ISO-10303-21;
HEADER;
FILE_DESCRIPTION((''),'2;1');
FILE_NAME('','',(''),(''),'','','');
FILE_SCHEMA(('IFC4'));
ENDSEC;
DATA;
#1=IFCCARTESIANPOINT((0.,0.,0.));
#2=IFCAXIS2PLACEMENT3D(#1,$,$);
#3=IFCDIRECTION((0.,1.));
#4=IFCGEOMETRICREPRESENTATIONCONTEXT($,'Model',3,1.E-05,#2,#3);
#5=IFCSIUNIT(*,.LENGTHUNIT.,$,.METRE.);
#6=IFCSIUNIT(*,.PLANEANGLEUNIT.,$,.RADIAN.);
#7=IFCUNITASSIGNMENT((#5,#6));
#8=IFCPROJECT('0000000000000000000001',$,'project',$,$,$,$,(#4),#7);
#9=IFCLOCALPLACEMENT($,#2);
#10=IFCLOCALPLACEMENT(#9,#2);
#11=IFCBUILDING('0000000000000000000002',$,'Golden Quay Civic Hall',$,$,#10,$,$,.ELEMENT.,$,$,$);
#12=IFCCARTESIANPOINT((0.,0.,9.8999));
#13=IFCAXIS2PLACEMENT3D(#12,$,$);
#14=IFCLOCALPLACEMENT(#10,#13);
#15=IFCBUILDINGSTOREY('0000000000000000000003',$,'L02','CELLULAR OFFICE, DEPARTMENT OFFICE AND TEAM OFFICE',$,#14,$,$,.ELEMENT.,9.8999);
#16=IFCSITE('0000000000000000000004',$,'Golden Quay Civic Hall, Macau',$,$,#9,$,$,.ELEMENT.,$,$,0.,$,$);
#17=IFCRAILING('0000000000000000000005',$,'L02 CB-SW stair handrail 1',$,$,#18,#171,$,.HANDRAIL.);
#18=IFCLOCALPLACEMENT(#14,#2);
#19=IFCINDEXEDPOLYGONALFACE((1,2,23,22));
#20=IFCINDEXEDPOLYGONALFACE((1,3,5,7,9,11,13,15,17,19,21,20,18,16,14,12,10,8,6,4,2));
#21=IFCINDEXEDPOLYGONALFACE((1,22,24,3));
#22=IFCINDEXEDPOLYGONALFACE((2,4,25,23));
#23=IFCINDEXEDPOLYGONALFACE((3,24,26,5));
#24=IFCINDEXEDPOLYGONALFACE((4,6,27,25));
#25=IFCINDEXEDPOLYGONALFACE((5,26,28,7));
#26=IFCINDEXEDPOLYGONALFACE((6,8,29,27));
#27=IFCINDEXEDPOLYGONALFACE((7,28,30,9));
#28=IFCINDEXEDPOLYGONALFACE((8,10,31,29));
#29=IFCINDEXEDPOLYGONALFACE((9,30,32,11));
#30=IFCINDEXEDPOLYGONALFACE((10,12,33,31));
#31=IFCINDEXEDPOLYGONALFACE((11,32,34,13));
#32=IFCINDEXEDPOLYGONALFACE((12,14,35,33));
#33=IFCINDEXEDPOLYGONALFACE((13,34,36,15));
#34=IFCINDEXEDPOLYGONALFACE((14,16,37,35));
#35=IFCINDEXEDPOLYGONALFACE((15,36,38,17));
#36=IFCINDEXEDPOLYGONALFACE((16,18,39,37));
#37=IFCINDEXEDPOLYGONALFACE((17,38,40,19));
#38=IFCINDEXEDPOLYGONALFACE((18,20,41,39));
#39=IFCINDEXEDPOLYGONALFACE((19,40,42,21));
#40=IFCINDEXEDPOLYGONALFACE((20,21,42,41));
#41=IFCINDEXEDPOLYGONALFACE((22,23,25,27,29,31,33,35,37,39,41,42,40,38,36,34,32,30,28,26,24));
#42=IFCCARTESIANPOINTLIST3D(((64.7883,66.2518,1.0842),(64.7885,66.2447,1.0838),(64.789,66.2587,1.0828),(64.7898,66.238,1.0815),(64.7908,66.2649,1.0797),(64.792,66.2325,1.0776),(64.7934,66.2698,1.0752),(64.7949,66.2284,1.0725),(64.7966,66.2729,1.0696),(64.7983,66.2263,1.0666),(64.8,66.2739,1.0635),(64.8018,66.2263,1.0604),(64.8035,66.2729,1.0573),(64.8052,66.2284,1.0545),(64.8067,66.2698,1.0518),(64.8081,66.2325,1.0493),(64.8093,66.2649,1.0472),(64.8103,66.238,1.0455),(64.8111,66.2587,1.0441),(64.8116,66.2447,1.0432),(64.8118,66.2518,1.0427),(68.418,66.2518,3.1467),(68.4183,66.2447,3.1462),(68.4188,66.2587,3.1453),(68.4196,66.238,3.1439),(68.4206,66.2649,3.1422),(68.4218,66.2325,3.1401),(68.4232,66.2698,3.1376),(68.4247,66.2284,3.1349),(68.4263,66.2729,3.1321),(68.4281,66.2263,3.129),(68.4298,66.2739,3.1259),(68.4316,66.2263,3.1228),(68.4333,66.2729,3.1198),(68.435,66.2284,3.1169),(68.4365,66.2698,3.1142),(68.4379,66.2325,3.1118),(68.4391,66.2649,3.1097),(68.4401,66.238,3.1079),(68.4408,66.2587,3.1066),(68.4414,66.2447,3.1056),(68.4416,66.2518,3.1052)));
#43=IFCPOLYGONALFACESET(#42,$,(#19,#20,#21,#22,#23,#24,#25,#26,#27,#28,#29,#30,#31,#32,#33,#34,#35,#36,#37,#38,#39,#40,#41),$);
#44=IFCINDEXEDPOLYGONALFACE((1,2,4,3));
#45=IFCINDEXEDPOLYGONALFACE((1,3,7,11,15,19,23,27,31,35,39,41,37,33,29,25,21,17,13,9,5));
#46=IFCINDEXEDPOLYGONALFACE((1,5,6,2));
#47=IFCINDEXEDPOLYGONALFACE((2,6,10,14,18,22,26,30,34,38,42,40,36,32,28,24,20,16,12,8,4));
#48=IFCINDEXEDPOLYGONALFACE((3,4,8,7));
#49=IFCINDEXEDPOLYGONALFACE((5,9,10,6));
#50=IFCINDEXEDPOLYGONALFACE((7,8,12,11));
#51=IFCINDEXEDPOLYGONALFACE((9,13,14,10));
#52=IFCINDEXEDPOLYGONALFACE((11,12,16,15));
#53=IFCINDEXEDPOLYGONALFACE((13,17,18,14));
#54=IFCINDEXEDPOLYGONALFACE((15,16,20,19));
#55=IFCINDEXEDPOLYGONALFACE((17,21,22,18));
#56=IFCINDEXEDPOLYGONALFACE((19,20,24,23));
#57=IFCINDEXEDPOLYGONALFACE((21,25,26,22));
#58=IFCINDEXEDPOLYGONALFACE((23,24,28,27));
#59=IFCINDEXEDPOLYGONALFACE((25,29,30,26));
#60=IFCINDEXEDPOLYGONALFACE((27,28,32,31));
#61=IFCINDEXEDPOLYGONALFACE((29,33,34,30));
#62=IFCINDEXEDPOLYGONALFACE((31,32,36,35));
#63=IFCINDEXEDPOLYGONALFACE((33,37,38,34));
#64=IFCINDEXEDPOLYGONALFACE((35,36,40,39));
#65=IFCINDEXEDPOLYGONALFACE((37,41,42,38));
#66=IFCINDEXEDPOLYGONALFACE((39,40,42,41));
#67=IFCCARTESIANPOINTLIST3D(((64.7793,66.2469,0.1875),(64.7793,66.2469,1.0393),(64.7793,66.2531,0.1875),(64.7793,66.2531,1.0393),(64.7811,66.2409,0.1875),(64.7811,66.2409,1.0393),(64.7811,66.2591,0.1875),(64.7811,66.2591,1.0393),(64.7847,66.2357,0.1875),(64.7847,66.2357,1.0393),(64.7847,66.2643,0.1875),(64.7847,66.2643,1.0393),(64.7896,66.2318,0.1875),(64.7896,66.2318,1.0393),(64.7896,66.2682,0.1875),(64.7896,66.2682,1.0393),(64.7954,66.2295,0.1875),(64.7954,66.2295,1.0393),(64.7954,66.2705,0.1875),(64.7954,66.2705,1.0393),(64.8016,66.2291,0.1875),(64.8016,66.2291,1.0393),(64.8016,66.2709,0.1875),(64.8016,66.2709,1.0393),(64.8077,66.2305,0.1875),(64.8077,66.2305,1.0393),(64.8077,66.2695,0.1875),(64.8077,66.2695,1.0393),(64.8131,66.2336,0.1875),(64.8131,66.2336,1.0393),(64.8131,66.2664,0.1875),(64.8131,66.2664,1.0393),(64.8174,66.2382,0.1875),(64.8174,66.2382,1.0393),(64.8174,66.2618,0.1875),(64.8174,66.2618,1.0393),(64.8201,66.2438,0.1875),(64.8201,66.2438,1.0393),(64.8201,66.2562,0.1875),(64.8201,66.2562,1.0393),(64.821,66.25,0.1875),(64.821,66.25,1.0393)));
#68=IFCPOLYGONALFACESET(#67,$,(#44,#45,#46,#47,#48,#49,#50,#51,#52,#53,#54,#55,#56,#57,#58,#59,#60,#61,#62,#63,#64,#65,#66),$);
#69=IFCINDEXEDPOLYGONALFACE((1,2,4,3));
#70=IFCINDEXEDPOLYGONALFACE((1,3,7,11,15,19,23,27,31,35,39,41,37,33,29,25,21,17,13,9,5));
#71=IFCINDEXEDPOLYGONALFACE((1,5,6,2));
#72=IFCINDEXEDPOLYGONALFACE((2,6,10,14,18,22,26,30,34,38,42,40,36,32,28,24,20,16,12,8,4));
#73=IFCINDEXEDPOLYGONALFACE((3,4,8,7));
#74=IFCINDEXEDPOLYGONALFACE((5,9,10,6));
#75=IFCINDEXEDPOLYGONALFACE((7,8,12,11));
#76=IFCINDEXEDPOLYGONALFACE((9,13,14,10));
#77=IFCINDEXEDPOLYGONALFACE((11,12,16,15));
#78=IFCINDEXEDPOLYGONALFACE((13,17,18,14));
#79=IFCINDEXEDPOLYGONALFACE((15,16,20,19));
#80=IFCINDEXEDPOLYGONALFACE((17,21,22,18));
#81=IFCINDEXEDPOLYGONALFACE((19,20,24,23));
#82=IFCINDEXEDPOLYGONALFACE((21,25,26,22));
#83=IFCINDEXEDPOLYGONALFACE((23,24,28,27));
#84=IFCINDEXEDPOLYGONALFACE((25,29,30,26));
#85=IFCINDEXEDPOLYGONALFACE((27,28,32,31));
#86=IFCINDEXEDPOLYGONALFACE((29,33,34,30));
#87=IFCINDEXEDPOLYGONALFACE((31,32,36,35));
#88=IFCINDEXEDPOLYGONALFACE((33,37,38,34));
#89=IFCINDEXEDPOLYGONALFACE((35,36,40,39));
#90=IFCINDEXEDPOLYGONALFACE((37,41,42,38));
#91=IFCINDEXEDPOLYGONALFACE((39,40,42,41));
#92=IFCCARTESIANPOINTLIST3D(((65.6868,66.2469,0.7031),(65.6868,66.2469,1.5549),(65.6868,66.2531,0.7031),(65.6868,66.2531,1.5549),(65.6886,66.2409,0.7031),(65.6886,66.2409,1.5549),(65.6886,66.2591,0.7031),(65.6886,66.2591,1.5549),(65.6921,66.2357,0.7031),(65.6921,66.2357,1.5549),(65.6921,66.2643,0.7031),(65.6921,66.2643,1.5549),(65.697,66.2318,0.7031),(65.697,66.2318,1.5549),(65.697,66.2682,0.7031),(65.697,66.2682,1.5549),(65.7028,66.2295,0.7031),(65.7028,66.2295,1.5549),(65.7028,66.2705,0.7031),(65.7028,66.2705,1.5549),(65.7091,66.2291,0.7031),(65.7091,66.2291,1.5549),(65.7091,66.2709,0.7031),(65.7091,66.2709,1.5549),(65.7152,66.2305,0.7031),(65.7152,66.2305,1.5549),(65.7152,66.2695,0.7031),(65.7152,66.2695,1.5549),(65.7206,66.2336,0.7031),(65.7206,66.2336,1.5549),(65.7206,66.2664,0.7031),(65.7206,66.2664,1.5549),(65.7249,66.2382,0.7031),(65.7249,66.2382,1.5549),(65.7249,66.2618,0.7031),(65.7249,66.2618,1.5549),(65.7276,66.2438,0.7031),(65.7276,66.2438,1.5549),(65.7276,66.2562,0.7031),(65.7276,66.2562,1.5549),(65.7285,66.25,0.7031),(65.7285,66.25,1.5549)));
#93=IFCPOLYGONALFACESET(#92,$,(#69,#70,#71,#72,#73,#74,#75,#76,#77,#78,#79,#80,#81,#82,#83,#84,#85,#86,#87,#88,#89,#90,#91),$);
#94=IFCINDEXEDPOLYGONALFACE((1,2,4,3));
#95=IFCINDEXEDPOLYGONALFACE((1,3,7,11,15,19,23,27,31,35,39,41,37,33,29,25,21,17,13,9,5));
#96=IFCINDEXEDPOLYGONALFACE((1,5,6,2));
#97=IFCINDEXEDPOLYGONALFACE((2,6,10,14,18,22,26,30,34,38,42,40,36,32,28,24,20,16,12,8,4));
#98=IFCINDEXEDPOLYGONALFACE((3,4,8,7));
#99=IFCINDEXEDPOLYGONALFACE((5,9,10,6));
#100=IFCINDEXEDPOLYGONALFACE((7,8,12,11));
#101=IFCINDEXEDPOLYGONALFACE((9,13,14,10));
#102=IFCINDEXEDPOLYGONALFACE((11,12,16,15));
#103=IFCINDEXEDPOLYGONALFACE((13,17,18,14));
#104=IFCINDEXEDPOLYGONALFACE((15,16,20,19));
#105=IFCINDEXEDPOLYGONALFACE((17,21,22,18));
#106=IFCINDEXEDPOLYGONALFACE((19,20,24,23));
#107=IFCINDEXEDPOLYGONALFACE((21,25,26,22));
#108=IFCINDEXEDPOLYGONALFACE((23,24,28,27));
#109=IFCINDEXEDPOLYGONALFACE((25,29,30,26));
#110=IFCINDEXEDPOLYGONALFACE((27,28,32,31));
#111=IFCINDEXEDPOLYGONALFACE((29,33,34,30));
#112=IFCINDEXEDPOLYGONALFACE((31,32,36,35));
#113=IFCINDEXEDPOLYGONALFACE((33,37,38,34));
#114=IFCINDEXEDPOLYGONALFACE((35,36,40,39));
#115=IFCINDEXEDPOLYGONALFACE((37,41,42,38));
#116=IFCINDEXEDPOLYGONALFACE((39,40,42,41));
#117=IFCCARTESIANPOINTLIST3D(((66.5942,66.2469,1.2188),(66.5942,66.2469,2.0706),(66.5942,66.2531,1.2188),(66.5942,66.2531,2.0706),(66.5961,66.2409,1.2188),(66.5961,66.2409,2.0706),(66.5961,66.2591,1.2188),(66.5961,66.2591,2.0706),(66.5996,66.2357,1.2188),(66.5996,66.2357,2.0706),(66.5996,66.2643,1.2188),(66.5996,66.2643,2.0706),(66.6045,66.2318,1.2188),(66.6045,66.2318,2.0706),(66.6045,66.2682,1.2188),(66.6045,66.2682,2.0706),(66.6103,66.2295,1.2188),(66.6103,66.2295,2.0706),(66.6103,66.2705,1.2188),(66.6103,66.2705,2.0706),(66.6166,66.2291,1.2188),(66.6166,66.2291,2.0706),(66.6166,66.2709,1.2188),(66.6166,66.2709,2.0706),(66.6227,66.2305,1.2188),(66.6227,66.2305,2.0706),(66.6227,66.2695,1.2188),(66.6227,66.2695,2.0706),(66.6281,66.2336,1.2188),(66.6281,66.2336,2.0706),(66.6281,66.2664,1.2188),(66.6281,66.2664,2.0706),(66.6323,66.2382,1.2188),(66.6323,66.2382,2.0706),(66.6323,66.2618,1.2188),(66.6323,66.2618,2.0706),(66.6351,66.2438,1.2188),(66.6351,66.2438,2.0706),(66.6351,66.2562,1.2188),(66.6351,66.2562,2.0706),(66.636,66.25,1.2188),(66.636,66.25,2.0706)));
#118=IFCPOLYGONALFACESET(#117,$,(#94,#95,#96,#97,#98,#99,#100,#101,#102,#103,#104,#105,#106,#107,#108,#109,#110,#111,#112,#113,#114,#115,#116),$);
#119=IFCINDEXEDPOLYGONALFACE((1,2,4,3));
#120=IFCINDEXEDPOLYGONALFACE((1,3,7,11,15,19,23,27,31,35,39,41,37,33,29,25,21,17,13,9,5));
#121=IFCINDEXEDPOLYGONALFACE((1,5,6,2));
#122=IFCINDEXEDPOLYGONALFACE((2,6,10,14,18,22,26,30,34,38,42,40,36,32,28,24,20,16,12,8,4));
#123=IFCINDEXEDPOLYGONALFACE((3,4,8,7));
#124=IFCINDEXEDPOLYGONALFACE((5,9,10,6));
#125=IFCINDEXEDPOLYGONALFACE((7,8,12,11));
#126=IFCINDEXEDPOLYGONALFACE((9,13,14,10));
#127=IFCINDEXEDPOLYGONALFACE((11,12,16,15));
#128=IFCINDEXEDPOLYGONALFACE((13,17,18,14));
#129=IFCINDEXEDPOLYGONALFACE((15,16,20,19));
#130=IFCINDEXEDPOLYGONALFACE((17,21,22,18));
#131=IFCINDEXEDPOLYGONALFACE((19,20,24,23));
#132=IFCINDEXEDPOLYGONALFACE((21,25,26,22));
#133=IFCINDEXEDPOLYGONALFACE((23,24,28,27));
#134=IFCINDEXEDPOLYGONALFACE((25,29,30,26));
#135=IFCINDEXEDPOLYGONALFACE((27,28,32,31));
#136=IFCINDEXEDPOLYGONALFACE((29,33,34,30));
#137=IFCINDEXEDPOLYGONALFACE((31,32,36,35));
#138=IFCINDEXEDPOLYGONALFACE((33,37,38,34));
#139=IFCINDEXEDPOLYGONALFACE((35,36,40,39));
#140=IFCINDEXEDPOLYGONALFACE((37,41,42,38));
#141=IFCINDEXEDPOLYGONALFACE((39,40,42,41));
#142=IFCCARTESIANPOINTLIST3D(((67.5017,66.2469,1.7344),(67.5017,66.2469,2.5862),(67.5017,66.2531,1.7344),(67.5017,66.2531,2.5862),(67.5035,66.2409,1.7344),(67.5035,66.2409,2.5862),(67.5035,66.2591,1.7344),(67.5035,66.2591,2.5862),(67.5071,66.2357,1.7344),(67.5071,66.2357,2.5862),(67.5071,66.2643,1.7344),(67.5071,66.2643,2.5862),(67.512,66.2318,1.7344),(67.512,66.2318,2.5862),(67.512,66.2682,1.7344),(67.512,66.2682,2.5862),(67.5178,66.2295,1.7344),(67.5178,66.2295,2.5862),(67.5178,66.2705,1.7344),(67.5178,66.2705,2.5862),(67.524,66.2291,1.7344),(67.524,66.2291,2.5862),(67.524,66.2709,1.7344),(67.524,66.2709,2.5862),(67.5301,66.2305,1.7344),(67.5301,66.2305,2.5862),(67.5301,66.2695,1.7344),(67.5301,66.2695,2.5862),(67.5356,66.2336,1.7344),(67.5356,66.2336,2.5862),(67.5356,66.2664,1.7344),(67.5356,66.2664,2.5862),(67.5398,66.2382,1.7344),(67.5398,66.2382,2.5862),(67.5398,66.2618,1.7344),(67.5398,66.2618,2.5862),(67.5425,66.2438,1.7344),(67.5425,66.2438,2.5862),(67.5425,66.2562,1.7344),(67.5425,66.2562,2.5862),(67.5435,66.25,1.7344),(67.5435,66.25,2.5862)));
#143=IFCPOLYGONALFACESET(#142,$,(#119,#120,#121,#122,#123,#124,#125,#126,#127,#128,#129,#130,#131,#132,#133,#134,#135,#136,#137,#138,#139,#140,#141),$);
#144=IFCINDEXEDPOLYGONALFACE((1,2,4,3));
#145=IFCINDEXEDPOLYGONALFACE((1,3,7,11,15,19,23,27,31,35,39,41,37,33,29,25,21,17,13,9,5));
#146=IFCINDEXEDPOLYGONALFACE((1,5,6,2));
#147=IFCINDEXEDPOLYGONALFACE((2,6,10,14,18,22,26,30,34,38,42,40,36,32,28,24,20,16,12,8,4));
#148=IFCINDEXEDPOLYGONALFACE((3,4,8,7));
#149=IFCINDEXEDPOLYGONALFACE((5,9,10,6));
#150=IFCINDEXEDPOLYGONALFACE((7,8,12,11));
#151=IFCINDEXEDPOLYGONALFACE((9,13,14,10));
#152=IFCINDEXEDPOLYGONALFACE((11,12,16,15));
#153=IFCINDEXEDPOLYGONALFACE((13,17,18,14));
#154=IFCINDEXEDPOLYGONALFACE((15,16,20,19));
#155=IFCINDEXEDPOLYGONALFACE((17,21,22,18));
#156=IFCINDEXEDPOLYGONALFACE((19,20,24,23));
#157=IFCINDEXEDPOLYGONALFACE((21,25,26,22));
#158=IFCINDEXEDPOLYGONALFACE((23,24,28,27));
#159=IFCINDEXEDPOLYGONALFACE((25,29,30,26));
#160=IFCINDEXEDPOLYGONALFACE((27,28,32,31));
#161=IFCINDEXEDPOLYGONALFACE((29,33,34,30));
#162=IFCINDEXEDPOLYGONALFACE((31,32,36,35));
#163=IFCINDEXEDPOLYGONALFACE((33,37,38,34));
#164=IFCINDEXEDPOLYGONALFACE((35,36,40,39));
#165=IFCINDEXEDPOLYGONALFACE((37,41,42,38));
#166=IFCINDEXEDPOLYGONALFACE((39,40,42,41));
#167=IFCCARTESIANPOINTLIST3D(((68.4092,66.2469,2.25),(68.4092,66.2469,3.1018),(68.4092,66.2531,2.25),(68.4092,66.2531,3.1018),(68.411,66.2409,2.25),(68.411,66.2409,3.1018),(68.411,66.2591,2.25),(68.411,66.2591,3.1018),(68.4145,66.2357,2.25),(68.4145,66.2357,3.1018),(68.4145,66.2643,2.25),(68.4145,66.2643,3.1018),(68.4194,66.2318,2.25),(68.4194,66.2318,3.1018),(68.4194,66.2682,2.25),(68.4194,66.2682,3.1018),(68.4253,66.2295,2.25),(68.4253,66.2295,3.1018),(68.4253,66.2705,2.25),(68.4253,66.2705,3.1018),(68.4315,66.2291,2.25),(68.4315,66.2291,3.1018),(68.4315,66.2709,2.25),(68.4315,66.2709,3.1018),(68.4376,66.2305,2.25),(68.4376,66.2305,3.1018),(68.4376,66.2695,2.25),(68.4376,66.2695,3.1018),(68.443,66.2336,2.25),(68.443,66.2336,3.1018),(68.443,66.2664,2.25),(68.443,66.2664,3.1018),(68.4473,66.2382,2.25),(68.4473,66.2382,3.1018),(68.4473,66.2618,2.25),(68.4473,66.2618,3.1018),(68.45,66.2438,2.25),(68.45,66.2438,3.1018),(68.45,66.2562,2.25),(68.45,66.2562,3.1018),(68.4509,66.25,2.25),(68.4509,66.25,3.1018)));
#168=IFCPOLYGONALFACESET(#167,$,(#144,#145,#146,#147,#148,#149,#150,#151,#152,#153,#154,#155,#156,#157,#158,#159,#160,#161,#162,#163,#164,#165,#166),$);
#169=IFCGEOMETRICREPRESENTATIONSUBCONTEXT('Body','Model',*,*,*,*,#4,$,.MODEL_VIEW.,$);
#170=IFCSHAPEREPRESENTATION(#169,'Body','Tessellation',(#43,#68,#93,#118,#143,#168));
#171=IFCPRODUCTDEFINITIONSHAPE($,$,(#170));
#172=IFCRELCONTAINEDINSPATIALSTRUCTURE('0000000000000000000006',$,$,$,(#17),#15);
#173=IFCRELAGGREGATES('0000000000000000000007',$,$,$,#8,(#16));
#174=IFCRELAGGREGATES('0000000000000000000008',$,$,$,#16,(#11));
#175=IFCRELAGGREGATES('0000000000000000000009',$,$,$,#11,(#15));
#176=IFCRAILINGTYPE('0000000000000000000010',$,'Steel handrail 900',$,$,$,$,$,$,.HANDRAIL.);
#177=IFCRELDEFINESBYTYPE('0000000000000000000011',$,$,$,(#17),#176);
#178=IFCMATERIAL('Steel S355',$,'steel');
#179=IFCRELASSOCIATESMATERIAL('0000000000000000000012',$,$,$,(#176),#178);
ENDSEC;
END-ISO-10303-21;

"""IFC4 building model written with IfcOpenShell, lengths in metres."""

from ifc_helpers import new_model, si_unit, direction, frame, origin, origin_2d, place, context, subcontext, project, spatial, circle, extrude, material, type_object, element, save


model = new_model("IFC4")

# Units and contexts
model_context = context("Model", 3, precision=1e-05, world=origin(), true_north=direction((0.0, 1.0)))
body_context = subcontext(model_context, "Body", "Model", "MODEL_VIEW")
ifc_project = project(units=[si_unit("LENGTHUNIT", "METRE"), si_unit("PLANEANGLEUNIT", "RADIAN")], contexts=[model_context])

# Site, building, storey
site_placement = place(None, origin())
site = spatial("IfcSite", under=ifc_project, at=site_placement, Name="Golden Quay Civic Hall, Macau", CompositionType="ELEMENT", RefElevation=0.0)
building_placement = place(site_placement, origin())
building = spatial("IfcBuilding", under=site, at=building_placement, Name="Golden Quay Civic Hall", CompositionType="ELEMENT")
storey_placement = place(building_placement, frame((0.0, 0.0, 9.8999)))
storey = spatial("IfcBuildingStorey", under=building, at=storey_placement, Name="L02", Description="CELLULAR OFFICE, DEPARTMENT OFFICE AND TEAM OFFICE", CompositionType="ELEMENT", Elevation=9.8999)

# Railing
ifc_material_1 = material(Name="Steel S355", Category="steel")
railing_type_1 = type_object("IfcRailingType", Name="Steel handrail 900", PredefinedType="HANDRAIL", material=ifc_material_1)
railing_1_placement = place(storey_placement, frame((64.8, 66.25, 0.1875)))
element("IfcRailing", 1, at=railing_1_placement, inside=storey, type_object=railing_type_1, Name="L02 CB-SW stair handrail 1", PredefinedType="HANDRAIL", context=body_context, shape_type="SweptSolid", body=[
    extrude(circle(Radius=0.0239, at=origin_2d()), frame((0.0, 0.0, 0.876), z_axis=(0.86945, 0.0, 0.494021), x_axis=(0.0, 1.0, 0.0)), (0.0, 0.0, 1.0), 4.1748),
    extrude(circle(Radius=0.021, at=origin_2d()), origin(), (0.0, 0.0, 1.0), 0.8518),
    extrude(circle(Radius=0.021, at=origin_2d()), frame((0.9075, 0.0, 0.5156)), (0.0, 0.0, 1.0), 0.8518),
    extrude(circle(Radius=0.021, at=origin_2d()), frame((1.8149, 0.0, 1.0312)), (0.0, 0.0, 1.0), 0.8518),
    extrude(circle(Radius=0.021, at=origin_2d()), frame((2.7224, 0.0, 1.5469)), (0.0, 0.0, 1.0), 0.8518),
    extrude(circle(Radius=0.021, at=origin_2d()), frame((3.6299, 0.0, 2.0625)), (0.0, 0.0, 1.0), 0.8518),
])

save(model, "model.ifc")
